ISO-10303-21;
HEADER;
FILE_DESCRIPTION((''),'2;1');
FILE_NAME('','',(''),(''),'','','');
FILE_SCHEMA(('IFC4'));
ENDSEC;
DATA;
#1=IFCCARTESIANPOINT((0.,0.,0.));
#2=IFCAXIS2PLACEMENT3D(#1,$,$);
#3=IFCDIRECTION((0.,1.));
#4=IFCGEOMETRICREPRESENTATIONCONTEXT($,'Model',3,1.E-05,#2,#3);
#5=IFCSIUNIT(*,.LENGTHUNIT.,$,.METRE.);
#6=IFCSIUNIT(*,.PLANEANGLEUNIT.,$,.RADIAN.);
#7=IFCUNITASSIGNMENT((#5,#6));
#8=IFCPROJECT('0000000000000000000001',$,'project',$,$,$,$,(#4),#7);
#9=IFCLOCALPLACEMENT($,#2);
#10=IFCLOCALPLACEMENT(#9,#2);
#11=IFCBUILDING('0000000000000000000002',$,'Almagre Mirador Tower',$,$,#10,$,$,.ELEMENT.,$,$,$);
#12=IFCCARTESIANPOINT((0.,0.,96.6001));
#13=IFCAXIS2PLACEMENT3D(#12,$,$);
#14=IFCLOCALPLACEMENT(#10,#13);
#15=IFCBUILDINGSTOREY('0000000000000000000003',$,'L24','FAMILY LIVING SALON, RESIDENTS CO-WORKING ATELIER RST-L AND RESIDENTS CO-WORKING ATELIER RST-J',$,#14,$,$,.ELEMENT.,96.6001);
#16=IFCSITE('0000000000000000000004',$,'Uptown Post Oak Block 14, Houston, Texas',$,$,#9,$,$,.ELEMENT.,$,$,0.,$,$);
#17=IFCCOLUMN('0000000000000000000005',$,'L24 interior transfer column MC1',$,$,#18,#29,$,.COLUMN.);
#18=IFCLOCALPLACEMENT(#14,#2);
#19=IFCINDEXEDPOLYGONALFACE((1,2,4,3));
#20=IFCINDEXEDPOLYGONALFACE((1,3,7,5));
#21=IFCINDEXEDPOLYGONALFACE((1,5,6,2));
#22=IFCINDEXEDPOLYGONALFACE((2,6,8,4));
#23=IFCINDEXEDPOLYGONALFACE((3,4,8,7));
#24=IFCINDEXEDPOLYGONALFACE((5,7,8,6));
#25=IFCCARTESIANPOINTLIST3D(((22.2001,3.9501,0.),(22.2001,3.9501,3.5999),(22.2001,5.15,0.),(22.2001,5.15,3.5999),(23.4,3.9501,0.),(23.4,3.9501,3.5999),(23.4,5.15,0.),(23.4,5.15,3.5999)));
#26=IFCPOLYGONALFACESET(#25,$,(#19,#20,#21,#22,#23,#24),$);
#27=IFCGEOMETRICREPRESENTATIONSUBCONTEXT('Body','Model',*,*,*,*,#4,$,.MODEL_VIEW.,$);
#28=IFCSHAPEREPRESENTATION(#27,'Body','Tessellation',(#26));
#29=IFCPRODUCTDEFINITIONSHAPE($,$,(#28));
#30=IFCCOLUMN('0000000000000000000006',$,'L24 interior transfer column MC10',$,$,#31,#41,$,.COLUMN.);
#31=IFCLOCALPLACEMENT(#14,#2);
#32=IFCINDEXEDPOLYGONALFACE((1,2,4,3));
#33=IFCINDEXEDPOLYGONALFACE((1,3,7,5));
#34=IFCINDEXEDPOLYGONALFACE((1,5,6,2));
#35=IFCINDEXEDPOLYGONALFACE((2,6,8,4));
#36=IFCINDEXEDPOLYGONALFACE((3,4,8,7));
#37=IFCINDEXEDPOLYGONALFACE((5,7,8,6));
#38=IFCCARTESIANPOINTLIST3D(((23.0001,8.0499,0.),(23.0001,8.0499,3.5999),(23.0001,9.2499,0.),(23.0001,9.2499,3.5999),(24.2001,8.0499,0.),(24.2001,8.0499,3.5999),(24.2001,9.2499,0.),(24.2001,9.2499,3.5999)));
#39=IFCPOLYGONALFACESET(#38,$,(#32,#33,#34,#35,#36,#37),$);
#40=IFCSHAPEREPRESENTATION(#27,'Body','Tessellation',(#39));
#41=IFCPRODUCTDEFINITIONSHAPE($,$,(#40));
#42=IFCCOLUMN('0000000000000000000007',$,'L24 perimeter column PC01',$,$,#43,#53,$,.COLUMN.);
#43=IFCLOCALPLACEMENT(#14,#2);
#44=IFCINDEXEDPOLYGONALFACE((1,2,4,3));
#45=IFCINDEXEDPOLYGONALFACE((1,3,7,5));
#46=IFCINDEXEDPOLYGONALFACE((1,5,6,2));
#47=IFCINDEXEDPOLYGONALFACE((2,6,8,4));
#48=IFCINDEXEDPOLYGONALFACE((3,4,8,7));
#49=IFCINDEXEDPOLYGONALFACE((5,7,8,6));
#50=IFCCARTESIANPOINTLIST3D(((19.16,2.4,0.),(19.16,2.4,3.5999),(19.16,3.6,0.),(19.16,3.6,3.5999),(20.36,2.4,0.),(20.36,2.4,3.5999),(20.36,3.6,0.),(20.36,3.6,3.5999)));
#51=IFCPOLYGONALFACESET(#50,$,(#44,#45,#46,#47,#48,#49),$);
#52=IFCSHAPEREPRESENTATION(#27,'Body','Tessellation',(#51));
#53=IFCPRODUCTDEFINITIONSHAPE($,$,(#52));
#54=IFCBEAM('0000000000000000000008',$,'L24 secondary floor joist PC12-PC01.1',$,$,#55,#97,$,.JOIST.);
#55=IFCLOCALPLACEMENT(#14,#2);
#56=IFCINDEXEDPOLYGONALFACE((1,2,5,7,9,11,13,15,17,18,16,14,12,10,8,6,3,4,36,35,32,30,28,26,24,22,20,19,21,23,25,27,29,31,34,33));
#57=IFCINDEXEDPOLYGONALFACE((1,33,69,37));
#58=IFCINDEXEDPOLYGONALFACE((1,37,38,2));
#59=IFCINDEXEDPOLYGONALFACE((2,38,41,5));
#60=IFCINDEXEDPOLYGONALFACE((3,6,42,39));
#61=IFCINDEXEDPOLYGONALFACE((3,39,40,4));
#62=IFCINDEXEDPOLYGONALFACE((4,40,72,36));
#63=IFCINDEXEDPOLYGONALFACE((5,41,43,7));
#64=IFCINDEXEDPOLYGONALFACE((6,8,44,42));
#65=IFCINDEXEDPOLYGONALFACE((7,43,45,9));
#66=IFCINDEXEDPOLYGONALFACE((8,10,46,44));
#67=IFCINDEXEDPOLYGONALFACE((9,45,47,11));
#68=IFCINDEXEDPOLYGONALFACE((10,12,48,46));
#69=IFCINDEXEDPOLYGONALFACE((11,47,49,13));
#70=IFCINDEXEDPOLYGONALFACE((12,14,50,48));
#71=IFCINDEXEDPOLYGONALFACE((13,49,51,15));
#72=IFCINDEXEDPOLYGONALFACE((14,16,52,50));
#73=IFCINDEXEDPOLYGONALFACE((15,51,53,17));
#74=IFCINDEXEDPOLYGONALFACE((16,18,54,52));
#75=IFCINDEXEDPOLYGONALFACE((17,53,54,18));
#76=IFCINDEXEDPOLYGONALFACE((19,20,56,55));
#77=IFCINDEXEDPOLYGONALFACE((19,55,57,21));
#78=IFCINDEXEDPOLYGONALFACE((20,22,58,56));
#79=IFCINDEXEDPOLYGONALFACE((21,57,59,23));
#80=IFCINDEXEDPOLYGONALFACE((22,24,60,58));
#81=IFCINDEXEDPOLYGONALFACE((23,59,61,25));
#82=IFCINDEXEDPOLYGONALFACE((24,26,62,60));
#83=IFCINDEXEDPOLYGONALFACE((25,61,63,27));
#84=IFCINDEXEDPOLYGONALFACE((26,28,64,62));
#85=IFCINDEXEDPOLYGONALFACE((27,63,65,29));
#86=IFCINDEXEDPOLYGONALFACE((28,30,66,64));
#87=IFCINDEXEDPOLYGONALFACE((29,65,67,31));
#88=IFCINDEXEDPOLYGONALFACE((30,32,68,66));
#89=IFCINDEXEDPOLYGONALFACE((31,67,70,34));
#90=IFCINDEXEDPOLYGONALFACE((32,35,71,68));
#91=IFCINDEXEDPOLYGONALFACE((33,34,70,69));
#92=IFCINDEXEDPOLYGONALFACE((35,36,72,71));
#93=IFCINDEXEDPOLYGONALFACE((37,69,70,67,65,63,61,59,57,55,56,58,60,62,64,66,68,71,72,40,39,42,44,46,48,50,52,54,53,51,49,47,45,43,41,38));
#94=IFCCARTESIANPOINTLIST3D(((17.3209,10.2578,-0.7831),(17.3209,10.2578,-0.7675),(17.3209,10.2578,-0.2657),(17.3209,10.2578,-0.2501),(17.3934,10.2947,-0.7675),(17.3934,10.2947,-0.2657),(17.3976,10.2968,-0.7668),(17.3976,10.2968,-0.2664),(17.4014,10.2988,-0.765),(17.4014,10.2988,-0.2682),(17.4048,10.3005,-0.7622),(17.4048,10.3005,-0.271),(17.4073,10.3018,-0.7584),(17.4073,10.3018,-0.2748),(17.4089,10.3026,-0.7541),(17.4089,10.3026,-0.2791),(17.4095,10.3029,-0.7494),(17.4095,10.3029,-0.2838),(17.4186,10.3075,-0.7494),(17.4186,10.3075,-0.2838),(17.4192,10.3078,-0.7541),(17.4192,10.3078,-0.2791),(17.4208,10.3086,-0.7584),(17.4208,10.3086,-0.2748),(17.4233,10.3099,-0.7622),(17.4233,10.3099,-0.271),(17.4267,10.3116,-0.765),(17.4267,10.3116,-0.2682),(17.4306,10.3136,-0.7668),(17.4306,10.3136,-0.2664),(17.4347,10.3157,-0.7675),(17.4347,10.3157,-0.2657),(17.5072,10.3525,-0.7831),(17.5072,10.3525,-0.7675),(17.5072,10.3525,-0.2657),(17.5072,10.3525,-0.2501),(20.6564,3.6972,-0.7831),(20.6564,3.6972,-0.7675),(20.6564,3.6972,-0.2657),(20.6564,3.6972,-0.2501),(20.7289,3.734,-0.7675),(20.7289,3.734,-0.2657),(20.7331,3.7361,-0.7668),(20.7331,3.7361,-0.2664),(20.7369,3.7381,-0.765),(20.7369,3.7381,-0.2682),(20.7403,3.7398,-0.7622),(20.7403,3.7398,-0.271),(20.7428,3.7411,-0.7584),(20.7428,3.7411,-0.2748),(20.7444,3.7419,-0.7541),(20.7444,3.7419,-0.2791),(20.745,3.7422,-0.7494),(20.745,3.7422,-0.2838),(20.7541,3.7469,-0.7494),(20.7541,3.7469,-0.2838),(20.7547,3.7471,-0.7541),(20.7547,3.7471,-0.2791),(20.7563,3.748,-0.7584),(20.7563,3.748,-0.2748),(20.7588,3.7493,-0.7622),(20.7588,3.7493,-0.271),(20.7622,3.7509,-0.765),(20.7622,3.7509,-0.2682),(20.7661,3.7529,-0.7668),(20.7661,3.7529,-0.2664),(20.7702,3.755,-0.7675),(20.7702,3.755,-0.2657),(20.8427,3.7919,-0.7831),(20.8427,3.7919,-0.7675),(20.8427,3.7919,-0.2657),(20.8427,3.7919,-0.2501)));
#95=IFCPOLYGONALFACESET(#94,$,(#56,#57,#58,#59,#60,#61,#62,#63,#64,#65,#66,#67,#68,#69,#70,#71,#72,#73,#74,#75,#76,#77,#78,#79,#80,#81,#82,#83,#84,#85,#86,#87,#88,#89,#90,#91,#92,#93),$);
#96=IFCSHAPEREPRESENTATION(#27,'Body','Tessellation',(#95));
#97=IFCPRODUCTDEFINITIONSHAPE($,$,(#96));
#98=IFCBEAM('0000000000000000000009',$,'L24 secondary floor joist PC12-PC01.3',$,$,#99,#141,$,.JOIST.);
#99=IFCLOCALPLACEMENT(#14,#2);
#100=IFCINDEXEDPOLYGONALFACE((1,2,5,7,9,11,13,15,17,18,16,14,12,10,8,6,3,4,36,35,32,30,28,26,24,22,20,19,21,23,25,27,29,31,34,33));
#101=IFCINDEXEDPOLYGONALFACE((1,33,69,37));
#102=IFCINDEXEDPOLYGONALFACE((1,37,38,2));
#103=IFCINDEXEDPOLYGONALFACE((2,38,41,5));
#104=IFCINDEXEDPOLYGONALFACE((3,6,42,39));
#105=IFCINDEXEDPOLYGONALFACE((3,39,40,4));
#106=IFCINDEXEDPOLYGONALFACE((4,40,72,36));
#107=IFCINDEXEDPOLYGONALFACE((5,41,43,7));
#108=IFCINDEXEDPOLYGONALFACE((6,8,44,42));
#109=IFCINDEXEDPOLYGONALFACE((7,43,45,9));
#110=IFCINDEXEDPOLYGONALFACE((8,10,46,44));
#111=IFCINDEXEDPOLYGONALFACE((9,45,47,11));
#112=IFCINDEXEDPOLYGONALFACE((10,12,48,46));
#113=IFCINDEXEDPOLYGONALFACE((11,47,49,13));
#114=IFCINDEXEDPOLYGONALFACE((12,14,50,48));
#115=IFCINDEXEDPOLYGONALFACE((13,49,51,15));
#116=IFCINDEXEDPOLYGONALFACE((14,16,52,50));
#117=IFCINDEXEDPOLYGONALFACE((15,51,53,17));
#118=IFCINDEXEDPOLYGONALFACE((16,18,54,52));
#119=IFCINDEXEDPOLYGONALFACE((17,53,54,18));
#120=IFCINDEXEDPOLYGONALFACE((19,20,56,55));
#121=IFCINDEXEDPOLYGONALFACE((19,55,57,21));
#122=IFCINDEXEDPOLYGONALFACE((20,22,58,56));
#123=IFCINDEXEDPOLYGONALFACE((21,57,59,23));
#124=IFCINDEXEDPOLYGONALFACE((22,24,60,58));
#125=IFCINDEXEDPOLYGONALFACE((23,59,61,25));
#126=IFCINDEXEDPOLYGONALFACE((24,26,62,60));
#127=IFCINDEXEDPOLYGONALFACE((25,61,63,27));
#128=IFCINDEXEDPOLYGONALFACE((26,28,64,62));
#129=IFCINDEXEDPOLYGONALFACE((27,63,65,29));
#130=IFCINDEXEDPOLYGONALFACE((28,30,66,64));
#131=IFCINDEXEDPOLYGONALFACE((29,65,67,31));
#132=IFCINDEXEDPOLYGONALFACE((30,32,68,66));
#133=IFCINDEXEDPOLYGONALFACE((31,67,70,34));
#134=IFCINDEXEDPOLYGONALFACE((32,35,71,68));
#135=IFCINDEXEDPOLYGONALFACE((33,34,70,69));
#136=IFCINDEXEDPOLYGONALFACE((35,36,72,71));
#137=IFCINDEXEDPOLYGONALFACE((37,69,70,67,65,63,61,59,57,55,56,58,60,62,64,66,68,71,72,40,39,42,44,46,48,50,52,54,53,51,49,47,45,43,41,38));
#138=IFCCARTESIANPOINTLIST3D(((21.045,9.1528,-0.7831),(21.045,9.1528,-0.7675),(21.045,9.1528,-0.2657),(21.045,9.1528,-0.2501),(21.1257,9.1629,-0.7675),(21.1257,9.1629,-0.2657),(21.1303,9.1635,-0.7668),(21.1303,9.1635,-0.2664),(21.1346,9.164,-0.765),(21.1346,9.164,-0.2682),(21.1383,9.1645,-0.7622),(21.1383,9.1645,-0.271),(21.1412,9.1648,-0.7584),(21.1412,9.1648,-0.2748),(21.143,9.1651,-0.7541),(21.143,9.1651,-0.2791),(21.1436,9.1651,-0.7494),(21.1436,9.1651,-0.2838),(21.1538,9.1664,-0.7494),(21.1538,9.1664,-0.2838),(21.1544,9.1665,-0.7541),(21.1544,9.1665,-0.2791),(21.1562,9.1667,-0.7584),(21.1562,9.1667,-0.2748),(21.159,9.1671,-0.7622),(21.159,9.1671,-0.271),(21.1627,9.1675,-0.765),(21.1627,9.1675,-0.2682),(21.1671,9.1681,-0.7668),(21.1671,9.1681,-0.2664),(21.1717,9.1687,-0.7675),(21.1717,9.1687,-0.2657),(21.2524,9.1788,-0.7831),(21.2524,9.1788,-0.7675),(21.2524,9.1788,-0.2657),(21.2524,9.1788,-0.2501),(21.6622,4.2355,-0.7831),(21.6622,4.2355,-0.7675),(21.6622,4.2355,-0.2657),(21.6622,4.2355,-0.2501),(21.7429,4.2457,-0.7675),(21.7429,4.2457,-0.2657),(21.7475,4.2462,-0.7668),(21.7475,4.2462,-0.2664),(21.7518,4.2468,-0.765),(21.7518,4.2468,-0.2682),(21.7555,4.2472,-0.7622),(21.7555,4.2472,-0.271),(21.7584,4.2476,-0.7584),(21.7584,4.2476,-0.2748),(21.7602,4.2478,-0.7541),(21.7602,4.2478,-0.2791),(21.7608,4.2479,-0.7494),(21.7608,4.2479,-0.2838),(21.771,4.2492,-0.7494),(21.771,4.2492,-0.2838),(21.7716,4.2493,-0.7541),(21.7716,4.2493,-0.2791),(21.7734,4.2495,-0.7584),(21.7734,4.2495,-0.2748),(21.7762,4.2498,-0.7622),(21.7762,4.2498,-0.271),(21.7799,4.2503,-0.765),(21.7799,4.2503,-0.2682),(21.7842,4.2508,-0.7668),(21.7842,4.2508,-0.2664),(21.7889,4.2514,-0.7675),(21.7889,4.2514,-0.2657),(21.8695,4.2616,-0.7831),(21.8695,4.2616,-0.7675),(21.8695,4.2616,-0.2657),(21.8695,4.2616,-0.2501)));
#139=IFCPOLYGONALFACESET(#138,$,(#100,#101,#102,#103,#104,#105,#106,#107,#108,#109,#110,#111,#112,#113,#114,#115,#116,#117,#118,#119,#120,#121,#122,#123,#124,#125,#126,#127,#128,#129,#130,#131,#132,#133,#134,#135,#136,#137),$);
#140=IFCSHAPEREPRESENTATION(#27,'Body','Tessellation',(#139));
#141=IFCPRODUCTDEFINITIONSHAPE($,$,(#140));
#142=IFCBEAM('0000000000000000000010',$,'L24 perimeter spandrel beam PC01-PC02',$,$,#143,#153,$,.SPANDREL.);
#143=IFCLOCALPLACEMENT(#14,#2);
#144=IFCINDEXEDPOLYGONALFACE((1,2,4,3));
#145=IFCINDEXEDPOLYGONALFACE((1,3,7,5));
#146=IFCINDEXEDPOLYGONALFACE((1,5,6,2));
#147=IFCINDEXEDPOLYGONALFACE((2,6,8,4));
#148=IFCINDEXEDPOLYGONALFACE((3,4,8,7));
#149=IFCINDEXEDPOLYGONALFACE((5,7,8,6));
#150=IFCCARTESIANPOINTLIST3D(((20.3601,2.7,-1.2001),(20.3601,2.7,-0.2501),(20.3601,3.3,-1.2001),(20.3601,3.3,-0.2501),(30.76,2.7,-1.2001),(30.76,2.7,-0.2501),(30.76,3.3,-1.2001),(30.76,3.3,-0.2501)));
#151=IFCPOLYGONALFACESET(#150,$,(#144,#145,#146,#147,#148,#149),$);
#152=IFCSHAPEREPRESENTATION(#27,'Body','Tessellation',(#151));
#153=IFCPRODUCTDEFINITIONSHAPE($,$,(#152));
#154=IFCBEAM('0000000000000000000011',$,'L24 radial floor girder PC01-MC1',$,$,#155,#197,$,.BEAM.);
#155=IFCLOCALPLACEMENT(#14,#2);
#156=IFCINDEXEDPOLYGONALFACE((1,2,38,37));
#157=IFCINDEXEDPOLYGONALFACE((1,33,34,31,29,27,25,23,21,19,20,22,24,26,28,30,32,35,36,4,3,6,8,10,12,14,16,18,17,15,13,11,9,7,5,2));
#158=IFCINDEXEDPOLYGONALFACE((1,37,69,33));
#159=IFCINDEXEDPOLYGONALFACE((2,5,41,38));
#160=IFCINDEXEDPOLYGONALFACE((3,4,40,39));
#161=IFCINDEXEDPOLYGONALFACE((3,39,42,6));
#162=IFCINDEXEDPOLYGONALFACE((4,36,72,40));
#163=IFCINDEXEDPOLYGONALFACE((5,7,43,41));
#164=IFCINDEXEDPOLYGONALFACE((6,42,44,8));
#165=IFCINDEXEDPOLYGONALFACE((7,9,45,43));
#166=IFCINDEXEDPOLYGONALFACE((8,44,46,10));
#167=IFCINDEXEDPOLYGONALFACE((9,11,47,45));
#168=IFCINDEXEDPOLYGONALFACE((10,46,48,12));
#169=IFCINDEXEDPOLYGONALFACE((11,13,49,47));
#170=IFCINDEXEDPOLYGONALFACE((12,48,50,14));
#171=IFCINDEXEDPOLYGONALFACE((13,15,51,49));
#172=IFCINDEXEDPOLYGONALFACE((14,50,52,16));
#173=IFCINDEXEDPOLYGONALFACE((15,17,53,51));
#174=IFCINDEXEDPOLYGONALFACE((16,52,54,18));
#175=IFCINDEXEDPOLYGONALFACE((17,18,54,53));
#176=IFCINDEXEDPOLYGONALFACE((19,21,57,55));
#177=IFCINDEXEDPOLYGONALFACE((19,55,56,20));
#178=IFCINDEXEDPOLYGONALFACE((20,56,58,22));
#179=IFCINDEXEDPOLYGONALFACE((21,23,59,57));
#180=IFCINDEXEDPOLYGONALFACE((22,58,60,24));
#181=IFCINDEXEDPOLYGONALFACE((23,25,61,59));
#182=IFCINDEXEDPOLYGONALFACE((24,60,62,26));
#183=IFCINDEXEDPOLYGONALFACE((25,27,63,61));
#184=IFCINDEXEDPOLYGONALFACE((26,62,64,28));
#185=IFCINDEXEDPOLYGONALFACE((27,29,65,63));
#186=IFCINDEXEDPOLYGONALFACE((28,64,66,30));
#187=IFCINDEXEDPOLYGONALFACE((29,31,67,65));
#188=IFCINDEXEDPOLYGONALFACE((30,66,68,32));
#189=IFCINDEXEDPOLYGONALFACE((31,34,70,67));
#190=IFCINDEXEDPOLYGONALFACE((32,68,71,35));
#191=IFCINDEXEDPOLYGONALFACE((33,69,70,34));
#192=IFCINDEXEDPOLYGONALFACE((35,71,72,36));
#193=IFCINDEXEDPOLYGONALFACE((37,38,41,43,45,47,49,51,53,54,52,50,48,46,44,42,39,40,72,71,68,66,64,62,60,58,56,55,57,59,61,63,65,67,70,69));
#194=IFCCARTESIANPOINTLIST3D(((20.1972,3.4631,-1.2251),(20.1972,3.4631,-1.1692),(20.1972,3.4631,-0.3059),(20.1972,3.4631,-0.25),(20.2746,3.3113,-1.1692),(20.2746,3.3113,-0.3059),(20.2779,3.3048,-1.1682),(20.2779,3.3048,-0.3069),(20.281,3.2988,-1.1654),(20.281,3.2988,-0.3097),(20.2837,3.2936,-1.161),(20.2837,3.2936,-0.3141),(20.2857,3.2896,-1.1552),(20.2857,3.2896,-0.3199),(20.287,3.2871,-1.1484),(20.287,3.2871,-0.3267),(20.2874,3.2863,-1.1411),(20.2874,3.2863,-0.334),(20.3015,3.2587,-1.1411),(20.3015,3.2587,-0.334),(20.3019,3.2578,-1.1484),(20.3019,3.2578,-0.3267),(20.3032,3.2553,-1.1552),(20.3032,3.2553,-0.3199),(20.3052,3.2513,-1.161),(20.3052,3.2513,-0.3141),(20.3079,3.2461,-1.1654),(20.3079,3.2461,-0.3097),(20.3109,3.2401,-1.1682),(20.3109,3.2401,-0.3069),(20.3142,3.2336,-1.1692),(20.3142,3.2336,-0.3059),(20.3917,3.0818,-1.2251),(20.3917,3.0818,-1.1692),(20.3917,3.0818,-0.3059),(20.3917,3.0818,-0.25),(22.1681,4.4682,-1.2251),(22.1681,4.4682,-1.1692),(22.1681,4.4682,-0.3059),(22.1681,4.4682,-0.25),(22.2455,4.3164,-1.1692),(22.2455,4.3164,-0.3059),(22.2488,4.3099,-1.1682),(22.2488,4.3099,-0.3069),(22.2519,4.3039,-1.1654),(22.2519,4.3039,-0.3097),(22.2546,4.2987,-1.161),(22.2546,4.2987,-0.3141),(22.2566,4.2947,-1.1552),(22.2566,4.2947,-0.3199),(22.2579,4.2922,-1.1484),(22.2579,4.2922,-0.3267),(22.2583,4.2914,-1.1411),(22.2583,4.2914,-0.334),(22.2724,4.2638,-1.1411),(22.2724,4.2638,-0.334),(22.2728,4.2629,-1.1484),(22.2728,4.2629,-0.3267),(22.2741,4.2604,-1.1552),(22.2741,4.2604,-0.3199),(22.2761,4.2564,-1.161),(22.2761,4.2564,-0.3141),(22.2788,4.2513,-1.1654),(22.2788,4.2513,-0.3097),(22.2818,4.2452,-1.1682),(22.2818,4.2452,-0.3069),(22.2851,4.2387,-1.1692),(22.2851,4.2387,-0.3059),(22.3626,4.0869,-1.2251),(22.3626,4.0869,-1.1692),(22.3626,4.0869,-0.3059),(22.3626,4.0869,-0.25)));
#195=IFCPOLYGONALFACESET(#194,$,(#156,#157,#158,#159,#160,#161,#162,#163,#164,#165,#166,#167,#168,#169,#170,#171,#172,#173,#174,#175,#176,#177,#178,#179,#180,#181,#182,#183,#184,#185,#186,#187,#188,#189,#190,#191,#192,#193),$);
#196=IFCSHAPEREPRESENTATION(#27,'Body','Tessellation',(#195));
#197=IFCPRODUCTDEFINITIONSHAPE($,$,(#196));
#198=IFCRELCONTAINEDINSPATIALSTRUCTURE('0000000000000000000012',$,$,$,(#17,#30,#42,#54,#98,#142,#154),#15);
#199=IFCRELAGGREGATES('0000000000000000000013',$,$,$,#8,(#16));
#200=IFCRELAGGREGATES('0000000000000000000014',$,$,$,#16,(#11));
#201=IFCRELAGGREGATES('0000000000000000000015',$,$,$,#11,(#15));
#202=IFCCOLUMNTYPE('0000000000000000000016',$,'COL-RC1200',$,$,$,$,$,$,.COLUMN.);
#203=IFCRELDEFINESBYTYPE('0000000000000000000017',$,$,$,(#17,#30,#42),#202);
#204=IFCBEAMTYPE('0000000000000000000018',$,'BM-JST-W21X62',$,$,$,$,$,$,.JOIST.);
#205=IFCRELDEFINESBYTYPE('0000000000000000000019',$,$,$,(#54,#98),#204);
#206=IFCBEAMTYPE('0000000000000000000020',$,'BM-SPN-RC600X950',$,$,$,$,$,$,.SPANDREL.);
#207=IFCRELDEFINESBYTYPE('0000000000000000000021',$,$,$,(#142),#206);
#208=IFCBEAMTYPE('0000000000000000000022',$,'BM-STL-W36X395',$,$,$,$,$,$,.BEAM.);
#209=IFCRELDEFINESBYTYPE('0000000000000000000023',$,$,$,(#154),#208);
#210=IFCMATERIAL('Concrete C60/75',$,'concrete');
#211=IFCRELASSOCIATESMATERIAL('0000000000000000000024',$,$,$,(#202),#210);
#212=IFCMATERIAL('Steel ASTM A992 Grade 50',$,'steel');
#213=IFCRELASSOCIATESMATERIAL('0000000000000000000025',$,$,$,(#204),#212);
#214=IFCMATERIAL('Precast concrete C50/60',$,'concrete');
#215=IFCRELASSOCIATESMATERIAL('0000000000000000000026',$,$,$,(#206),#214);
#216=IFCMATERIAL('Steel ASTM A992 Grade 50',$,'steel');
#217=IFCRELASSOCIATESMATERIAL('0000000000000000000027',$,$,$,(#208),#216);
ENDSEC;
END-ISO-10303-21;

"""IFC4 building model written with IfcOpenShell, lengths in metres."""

from ifc_helpers import new_model, si_unit, direction, frame, origin, origin_2d, place, context, subcontext, project, spatial, rectangle, i_section, extrude, material, material_profile, profile_set, type_object, element, save


model = new_model("IFC4")

# Units and contexts
model_context = context("Model", 3, precision=1e-05, world=origin(), true_north=direction((0.0, 1.0)))
body_context = subcontext(model_context, "Body", "Model", "MODEL_VIEW")
ifc_project = project(units=[si_unit("LENGTHUNIT", "METRE"), si_unit("PLANEANGLEUNIT", "RADIAN")], contexts=[model_context])

# Site, building, storey
site_placement = place(None, origin())
site = spatial("IfcSite", under=ifc_project, at=site_placement, Name="Uptown Post Oak Block 14, Houston, Texas", CompositionType="ELEMENT", RefElevation=0.0)
building_placement = place(site_placement, origin())
building = spatial("IfcBuilding", under=site, at=building_placement, Name="Almagre Mirador Tower", CompositionType="ELEMENT")
storey_placement = place(building_placement, frame((0.0, 0.0, 96.6001)))
storey = spatial("IfcBuildingStorey", under=building, at=storey_placement, Name="L24", Description="FAMILY LIVING SALON, RESIDENTS CO-WORKING ATELIER RST-L AND RESIDENTS CO-WORKING ATELIER RST-J", CompositionType="ELEMENT", Elevation=96.6001)

# Columns
ifc_material_1 = material(Name="Concrete C60/75", Category="concrete")
ifc_material_profile_1 = material_profile(ifc_material_1, rectangle(XDim=1.2, YDim=1.2, at=origin_2d()), Name="RC1200X1200")
ifc_profile_set_1 = profile_set([ifc_material_profile_1], Name="Concrete C60/75")
column_type = type_object("IfcColumnType", Name="COL-RC1200", PredefinedType="COLUMN", material=ifc_profile_set_1)
for number, where, z_axis, x_axis, name in (
    (1, (22.8, 4.55, 0.0), (0.0, 0.0, 1.0), (1.0, 0.0, 0.0), "L24 interior transfer column MC1"),
    (2, (23.6001, 8.6499, 0.0), (0.0, 0.0, 1.0), (1.0, 0.0, 0.0), "L24 interior transfer column MC10"),
    (3, (19.76, 3.0, 0.0), (0.0, 0.0, 1.0), (1.0, 0.0, 0.0), "L24 perimeter column PC01"),
):
    element("IfcColumn", number, at=place(storey_placement, frame(where, z_axis=z_axis, x_axis=x_axis)), inside=storey, type_object=column_type, Name=name, PredefinedType="COLUMN", context=body_context, shape_type="SweptSolid", body=[
        extrude(rectangle(XDim=1.2, YDim=1.2, at=origin_2d()), origin(), (0.0, 0.0, 1.0), 3.5999),
    ])

# Beams
ifc_material_2 = material(Name="Steel ASTM A992 Grade 50", Category="steel")
ifc_material_profile_2 = material_profile(ifc_material_2, i_section(OverallWidth=0.209, OverallDepth=0.533, WebThickness=0.0103, FlangeThickness=0.0156, FilletRadius=0.0181, at=origin_2d()), Name="W21X62")
ifc_profile_set_2 = profile_set([ifc_material_profile_2], Name="Steel ASTM A992 Grade 50")
beam_type_1 = type_object("IfcBeamType", Name="BM-JST-W21X62", PredefinedType="JOIST", material=ifc_profile_set_2)
beam_1_placement = place(storey_placement, frame((17.4141, 10.3052, -0.5166), z_axis=(0.453201, -0.891408, 0.0), x_axis=(0.891408, 0.453201, 0.0)))
element("IfcBeam", 4, at=beam_1_placement, inside=storey, type_object=beam_type_1, Name="L24 secondary floor joist PC12-PC01.1", PredefinedType="JOIST", context=body_context, shape_type="SweptSolid", body=[
    extrude(i_section(OverallWidth=0.209, OverallDepth=0.533, WebThickness=0.0103, FlangeThickness=0.0156, FilletRadius=0.0181, at=origin_2d()), origin(), (0.0, 0.0, 1.0), 7.3599),
])
beam_2_placement = place(storey_placement, frame((21.1487, 9.1658, -0.5166), z_axis=(0.124538, -0.992215, 0.0), x_axis=(0.992215, 0.124538, 0.0)))
element("IfcBeam", 5, at=beam_2_placement, inside=storey, type_object=beam_type_1, Name="L24 secondary floor joist PC12-PC01.3", PredefinedType="JOIST", context=body_context, shape_type="SweptSolid", body=[
    extrude(i_section(OverallWidth=0.209, OverallDepth=0.533, WebThickness=0.0103, FlangeThickness=0.0156, FilletRadius=0.0181, at=origin_2d()), origin(), (0.0, 0.0, 1.0), 4.9558),
])
ifc_material_3 = material(Name="Precast concrete C50/60", Category="concrete")
ifc_material_profile_3 = material_profile(ifc_material_3, rectangle(XDim=0.6001, YDim=0.95, at=origin_2d()), Name="RC600X950")
ifc_profile_set_3 = profile_set([ifc_material_profile_3], Name="Precast concrete C50/60")
beam_type_2 = type_object("IfcBeamType", Name="BM-SPN-RC600X950", PredefinedType="SPANDREL", material=ifc_profile_set_3)
beam_3_placement = place(storey_placement, frame((20.3601, 3.0, -0.7251), z_axis=(1.0, 0.0, 0.0), x_axis=(0.0, 1.0, 0.0)))
element("IfcBeam", 6, at=beam_3_placement, inside=storey, type_object=beam_type_2, Name="L24 perimeter spandrel beam PC01-PC02", PredefinedType="SPANDREL", context=body_context, shape_type="SweptSolid", body=[
    extrude(rectangle(XDim=0.6001, YDim=0.95, at=origin_2d()), origin(), (0.0, 0.0, 1.0), 10.3999),
])
ifc_material_4 = material(Name="Steel ASTM A992 Grade 50", Category="steel")
ifc_material_profile_4 = material_profile(ifc_material_4, i_section(OverallWidth=0.428, OverallDepth=0.9751, WebThickness=0.031, FlangeThickness=0.0559, FilletRadius=0.0281, at=origin_2d()), Name="W36X395")
ifc_profile_set_4 = profile_set([ifc_material_profile_4], Name="Steel ASTM A992 Grade 50")
beam_type_3 = type_object("IfcBeamType", Name="BM-STL-W36X395", PredefinedType="BEAM", material=ifc_profile_set_4)
beam_4_placement = place(storey_placement, frame((20.2944, 3.2725, -0.7375), z_axis=(0.890846, 0.454306, 0.0), x_axis=(-0.454306, 0.890846, 0.0)))
element("IfcBeam", 7, at=beam_4_placement, inside=storey, type_object=beam_type_3, Name="L24 radial floor girder PC01-MC1", PredefinedType="BEAM", context=body_context, shape_type="SweptSolid", body=[
    extrude(i_section(OverallWidth=0.428, OverallDepth=0.9751, WebThickness=0.031, FlangeThickness=0.0559, FilletRadius=0.0281, at=origin_2d()), origin(), (0.0, 0.0, 1.0), 2.2124),
])

save(model, "model.ifc")
